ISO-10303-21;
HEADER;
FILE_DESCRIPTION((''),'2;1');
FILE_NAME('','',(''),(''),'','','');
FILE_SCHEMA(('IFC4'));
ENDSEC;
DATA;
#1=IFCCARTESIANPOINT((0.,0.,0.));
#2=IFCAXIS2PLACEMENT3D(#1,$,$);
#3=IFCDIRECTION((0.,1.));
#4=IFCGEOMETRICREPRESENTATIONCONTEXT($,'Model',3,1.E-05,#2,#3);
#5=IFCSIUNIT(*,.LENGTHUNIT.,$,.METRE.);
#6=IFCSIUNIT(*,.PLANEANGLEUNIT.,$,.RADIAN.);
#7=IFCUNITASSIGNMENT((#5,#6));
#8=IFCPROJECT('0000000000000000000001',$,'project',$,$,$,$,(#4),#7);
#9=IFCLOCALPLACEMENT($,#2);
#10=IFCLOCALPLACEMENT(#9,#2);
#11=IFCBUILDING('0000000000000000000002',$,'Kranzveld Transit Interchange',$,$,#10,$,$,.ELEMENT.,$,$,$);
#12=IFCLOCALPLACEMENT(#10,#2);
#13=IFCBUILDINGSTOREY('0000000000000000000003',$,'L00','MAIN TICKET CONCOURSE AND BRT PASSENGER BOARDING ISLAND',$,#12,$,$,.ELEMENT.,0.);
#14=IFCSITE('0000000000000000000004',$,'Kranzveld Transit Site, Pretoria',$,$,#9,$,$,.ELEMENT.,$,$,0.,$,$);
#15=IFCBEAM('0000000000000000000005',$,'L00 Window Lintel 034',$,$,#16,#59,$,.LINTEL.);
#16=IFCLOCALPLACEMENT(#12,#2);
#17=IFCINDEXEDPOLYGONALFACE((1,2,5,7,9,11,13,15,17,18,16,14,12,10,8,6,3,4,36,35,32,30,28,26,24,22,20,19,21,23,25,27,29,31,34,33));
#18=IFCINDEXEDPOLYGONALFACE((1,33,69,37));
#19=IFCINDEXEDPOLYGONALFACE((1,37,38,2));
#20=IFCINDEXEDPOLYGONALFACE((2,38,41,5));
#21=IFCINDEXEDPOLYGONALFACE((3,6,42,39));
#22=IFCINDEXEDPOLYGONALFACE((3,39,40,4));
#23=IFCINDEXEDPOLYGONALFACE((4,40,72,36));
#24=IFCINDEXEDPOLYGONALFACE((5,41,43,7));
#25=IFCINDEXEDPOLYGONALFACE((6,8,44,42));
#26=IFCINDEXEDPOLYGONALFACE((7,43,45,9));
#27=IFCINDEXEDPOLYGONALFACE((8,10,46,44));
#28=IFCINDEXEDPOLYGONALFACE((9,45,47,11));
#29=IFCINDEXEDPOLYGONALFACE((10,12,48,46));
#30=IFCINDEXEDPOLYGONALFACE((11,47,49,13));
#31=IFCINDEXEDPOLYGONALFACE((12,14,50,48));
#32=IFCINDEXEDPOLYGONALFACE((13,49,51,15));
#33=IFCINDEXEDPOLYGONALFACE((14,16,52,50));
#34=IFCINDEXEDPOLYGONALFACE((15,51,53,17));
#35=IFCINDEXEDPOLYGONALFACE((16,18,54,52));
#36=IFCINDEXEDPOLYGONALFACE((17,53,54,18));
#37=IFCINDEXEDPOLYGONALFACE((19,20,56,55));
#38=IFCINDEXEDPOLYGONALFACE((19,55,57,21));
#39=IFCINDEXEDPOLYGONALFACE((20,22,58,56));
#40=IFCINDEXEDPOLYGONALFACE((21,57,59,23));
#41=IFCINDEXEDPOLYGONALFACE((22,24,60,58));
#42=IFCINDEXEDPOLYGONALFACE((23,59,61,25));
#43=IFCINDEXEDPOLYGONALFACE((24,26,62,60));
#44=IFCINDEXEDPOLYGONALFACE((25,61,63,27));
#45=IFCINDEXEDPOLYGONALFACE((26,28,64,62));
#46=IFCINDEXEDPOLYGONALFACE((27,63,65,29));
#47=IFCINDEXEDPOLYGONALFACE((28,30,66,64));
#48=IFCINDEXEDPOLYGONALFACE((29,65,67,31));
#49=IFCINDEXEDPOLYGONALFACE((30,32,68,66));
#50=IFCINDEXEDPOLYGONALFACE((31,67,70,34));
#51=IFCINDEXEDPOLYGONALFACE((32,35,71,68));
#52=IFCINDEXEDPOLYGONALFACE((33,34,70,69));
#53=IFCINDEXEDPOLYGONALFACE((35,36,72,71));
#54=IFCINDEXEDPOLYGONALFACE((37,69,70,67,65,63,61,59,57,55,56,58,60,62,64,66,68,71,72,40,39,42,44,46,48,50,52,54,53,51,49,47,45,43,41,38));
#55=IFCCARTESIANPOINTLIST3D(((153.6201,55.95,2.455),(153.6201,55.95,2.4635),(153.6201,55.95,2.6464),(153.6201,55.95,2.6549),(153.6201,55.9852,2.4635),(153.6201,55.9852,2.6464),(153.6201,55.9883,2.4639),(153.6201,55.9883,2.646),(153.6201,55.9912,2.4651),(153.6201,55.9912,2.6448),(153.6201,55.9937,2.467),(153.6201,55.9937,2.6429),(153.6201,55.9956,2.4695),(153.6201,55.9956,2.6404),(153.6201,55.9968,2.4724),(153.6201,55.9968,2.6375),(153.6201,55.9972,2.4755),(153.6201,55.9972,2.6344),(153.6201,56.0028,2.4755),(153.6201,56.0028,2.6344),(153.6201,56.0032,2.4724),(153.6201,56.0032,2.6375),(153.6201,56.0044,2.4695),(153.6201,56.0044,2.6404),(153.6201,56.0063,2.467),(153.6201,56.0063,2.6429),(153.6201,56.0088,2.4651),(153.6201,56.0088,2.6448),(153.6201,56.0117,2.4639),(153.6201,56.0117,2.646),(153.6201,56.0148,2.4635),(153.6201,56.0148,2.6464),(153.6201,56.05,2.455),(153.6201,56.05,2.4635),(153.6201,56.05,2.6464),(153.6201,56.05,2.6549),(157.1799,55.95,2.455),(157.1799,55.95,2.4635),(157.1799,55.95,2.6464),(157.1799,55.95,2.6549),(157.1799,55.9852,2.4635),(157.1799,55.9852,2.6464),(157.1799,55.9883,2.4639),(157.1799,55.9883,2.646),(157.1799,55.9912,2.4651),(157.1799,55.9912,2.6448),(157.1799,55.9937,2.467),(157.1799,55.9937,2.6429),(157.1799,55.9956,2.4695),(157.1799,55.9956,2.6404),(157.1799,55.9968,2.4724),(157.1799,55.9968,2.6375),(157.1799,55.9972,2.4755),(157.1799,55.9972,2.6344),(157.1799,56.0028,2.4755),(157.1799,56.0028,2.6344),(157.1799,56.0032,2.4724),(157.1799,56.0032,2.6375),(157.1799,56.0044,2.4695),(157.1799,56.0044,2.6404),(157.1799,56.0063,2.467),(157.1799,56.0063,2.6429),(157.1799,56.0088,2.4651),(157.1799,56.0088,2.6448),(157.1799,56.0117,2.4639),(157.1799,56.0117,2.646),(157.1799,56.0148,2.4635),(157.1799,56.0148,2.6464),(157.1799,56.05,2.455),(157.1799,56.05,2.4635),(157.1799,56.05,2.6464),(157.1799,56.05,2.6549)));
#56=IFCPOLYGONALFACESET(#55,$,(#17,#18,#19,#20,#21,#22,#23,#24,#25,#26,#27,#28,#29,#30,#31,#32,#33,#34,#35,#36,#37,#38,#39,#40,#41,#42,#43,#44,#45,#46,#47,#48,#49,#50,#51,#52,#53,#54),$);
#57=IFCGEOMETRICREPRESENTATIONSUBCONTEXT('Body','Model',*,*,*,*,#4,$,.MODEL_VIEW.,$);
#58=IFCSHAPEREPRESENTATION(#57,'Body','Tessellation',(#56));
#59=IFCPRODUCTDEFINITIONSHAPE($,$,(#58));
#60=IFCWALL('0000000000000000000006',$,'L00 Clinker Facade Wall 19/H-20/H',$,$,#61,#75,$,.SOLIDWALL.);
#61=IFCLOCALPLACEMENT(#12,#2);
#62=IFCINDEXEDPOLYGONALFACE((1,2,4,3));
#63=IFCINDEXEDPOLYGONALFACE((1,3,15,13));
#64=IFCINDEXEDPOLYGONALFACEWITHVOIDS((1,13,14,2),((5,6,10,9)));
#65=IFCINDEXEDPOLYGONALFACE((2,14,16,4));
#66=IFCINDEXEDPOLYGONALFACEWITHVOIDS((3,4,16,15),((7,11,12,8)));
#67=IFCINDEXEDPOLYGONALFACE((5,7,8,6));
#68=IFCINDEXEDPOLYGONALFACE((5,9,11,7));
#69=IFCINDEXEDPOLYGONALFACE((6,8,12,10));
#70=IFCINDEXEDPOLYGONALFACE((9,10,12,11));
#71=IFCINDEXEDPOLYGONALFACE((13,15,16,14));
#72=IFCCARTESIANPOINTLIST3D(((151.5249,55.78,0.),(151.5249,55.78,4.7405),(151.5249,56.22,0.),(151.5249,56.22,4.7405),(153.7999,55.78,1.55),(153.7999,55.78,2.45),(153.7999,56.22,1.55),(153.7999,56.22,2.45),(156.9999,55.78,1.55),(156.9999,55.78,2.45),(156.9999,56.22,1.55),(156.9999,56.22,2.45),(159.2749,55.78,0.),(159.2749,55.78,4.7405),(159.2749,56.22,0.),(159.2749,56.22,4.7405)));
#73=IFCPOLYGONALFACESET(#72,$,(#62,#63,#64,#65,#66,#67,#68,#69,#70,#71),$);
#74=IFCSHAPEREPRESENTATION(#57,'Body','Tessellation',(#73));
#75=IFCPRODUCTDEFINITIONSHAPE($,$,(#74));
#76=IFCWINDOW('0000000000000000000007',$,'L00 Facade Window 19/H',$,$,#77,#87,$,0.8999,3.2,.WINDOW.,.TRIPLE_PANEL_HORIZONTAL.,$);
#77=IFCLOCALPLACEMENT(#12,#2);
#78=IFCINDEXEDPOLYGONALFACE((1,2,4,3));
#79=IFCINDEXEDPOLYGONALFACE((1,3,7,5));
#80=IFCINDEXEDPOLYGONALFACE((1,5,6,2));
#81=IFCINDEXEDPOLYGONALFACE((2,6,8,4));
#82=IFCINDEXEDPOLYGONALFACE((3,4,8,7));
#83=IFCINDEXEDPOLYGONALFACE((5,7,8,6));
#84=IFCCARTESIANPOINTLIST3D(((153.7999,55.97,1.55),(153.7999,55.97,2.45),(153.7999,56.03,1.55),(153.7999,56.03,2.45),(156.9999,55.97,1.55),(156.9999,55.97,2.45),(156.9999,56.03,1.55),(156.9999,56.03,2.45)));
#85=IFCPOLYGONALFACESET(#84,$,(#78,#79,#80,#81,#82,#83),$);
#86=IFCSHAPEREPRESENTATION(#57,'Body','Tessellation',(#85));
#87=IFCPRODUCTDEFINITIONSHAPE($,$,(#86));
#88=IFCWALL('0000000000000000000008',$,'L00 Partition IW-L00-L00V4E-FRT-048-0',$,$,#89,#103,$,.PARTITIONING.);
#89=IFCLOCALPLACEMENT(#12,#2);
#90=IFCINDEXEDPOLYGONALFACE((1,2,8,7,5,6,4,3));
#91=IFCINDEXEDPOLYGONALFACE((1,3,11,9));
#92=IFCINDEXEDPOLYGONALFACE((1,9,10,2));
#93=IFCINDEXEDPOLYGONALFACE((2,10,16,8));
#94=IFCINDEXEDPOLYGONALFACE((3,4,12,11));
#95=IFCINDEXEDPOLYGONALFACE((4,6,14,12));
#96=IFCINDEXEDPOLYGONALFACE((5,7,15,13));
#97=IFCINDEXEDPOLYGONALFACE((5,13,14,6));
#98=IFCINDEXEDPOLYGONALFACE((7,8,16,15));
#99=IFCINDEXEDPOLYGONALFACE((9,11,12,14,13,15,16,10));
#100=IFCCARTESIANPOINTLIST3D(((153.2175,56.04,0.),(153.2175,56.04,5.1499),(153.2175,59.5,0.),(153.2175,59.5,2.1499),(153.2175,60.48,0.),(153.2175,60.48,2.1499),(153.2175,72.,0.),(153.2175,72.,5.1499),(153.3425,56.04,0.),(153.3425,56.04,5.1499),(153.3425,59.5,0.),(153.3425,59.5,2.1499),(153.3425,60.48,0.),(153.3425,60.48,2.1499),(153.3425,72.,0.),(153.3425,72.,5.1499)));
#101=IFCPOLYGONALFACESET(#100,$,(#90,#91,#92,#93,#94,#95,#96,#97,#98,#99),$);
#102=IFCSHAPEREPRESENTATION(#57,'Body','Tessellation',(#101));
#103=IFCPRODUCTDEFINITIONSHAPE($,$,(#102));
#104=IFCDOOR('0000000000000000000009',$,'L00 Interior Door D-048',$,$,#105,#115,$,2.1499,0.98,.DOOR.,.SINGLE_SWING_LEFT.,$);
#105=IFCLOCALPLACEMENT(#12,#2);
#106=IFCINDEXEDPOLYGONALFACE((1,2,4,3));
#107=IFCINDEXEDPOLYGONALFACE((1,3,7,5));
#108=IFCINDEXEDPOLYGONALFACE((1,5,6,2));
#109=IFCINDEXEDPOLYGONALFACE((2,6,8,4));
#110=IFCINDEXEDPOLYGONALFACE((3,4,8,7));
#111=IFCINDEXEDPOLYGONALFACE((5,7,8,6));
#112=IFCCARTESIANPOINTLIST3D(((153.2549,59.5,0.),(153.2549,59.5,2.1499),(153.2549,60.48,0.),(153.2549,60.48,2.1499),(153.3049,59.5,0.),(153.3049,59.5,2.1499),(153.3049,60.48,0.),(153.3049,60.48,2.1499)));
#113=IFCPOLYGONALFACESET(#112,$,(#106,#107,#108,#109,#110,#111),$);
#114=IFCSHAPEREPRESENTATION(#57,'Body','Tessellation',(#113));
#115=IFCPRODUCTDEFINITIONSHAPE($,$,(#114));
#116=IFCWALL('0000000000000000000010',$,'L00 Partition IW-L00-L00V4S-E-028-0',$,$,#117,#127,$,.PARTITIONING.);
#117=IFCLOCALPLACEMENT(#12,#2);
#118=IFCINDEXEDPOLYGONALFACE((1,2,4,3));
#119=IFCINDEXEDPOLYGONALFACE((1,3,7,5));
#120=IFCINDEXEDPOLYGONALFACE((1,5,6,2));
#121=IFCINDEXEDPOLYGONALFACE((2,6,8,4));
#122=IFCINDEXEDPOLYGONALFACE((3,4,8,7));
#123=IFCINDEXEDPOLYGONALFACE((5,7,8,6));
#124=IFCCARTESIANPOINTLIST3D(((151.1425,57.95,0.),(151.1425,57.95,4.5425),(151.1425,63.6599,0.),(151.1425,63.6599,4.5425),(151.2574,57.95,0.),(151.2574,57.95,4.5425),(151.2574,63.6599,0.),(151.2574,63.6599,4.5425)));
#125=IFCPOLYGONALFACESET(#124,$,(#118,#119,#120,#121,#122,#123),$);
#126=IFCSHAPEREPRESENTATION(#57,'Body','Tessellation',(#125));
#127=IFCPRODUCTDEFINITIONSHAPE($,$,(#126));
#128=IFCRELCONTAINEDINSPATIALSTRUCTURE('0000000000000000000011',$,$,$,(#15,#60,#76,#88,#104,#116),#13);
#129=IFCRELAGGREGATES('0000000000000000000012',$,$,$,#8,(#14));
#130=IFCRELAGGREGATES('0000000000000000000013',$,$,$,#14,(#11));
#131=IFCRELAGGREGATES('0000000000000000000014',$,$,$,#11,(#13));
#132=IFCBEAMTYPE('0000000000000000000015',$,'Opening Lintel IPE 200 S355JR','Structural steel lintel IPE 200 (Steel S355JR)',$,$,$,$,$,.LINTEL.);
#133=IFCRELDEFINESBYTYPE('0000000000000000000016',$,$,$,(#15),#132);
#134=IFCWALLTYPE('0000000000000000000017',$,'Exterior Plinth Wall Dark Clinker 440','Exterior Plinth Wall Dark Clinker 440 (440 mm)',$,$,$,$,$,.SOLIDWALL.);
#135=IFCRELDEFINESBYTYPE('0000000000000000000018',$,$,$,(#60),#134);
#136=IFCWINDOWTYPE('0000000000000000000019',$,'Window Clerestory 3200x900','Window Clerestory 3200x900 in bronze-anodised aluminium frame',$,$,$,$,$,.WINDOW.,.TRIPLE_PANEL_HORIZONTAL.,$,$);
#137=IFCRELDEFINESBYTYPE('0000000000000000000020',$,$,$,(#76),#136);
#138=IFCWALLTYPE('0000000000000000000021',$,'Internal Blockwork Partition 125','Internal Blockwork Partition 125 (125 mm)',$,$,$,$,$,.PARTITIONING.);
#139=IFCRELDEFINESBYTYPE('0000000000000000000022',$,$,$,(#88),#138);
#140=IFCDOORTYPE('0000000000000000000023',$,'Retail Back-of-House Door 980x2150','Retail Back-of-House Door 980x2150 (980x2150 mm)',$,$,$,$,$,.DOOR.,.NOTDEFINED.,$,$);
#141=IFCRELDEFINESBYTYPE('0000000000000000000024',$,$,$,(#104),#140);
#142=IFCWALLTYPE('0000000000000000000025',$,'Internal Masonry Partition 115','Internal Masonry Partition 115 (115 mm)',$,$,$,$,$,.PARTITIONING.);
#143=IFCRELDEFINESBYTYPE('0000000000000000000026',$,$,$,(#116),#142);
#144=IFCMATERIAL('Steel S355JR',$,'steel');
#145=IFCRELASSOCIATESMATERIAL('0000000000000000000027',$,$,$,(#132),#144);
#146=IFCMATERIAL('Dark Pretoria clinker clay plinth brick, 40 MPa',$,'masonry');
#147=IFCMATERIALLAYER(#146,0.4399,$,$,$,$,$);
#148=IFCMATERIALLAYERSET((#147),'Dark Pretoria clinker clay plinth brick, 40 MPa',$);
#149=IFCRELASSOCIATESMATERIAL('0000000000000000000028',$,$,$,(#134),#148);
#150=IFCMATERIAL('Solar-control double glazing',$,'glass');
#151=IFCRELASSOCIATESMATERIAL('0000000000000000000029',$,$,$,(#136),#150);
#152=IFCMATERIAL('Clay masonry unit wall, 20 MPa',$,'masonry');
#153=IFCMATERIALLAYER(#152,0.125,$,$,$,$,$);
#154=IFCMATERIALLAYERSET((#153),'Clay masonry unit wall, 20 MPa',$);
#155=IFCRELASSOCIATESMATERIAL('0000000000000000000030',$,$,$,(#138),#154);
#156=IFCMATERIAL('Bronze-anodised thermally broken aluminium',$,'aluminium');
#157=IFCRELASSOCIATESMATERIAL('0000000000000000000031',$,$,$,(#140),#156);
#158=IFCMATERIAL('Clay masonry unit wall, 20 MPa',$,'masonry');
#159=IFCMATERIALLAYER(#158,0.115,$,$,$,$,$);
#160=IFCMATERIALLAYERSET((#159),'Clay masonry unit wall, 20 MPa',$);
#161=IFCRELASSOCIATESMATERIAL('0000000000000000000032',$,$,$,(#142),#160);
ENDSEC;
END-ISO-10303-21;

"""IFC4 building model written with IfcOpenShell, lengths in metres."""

from ifc_helpers import new_model, si_unit, direction, frame, frame_2d, origin, origin_2d, place, context, subcontext, project, spatial, rectangle, i_section, extrude, material, layer, layer_set, material_profile, profile_set, type_object, element, fill, save


model = new_model("IFC4")

# Units and contexts
model_context = context("Model", 3, precision=1e-05, world=origin(), true_north=direction((0.0, 1.0)))
body_context = subcontext(model_context, "Body", "Model", "MODEL_VIEW")
ifc_project = project(units=[si_unit("LENGTHUNIT", "METRE"), si_unit("PLANEANGLEUNIT", "RADIAN")], contexts=[model_context])

# Site, building, storey
site_placement = place(None, origin())
site = spatial("IfcSite", under=ifc_project, at=site_placement, Name="Kranzveld Transit Site, Pretoria", CompositionType="ELEMENT", RefElevation=0.0)
building_placement = place(site_placement, origin())
building = spatial("IfcBuilding", under=site, at=building_placement, Name="Kranzveld Transit Interchange", CompositionType="ELEMENT")
storey_placement = place(building_placement, origin())
storey = spatial("IfcBuildingStorey", under=building, at=storey_placement, Name="L00", Description="MAIN TICKET CONCOURSE AND BRT PASSENGER BOARDING ISLAND", CompositionType="ELEMENT", Elevation=0.0)

# Beam
ifc_material_1 = material(Name="Steel S355JR", Category="steel")
ifc_material_profile_1 = material_profile(ifc_material_1, i_section(OverallWidth=0.1001, OverallDepth=0.2, WebThickness=0.0056, FlangeThickness=0.0085, FilletRadius=0.012, at=origin_2d()), Name="IPE 200")
ifc_profile_set_1 = profile_set([ifc_material_profile_1], Name="Steel S355JR")
beam_type_1 = type_object("IfcBeamType", Name="Opening Lintel IPE 200 S355JR", Description="Structural steel lintel IPE 200 (Steel S355JR)", PredefinedType="LINTEL", material=ifc_profile_set_1)
beam_1_placement = place(storey_placement, frame((153.6201, 56.0, 2.5549), z_axis=(1.0, 0.0, 0.0), x_axis=(0.0, 1.0, 0.0)))
element("IfcBeam", 1, at=beam_1_placement, inside=storey, type_object=beam_type_1, Name="L00 Window Lintel 034", PredefinedType="LINTEL", context=body_context, shape_type="SweptSolid", body=[
    extrude(i_section(OverallWidth=0.1001, OverallDepth=0.2, WebThickness=0.0056, FlangeThickness=0.0085, FilletRadius=0.012, at=origin_2d()), origin(), (0.0, 0.0, 1.0), 3.5598),
])

# Wall, opening, window
ifc_material_2 = material(Name="Dark Pretoria clinker clay plinth brick, 40 MPa", Category="masonry")
ifc_layer_1 = layer(ifc_material_2, 0.4399)
ifc_layer_set_1 = layer_set([ifc_layer_1], Name="Dark Pretoria clinker clay plinth brick, 40 MPa")
wall_type_1 = type_object("IfcWallType", Name="Exterior Plinth Wall Dark Clinker 440", Description="Exterior Plinth Wall Dark Clinker 440 (440 mm)", PredefinedType="SOLIDWALL", material=ifc_layer_set_1)
wall_1_placement = place(storey_placement, frame((151.5249, 56.0, 0.0), z_axis=(0.0, 0.0, 1.0), x_axis=(1.0, 0.0, 0.0)))
wall_1 = element("IfcWall", 2, at=wall_1_placement, inside=storey, type_object=wall_type_1, Name="L00 Clinker Facade Wall 19/H-20/H", PredefinedType="SOLIDWALL", context=body_context, shape_type="SweptSolid", body=[
    extrude(rectangle(XDim=7.75, YDim=0.4399, at=frame_2d((3.875, 0.0))), origin(), (0.0, 0.0, 1.0), 4.7405),
])
opening_1_placement = place(wall_1_placement, frame((2.2749, 0.0, 1.55), z_axis=(0.0, 0.0, 1.0), x_axis=(1.0, 0.0, 0.0)))
opening_1 = element("IfcOpeningElement", 3, at=opening_1_placement, cuts=wall_1, PredefinedType="OPENING", context=body_context, shape_type="SweptSolid", body=[
    extrude(rectangle(XDim=3.2, YDim=0.8999, at=frame_2d((1.6001, 0.45))), frame((0.0, 0.23, 0.0), z_axis=(0.0, -1.0, 0.0), x_axis=(1.0, 0.0, 0.0)), (0.0, 0.0, 1.0), 0.46),
])
ifc_material_3 = material(Name="Solar-control double glazing", Category="glass")
window_type = type_object("IfcWindowType", Name="Window Clerestory 3200x900", Description="Window Clerestory 3200x900 in bronze-anodised aluminium frame", PartitioningType="TRIPLE_PANEL_HORIZONTAL", PredefinedType="WINDOW", material=ifc_material_3)
window_placement = place(opening_1_placement, origin())
window = element("IfcWindow", 4, at=window_placement, inside=storey, type_object=window_type, Name="L00 Facade Window 19/H", OverallHeight=0.8999, OverallWidth=3.2, PartitioningType="TRIPLE_PANEL_HORIZONTAL", PredefinedType="WINDOW", context=body_context, shape_type="SweptSolid", body=[
    extrude(rectangle(XDim=3.2, YDim=0.8999, at=frame_2d((1.6001, 0.45))), frame((0.0, 0.03, 0.0), z_axis=(0.0, -1.0, 0.0), x_axis=(1.0, 0.0, 0.0)), (0.0, 0.0, 1.0), 0.0601),
])
fill(opening_1, window)

# Wall, opening, door
ifc_material_4 = material(Name="Clay masonry unit wall, 20 MPa", Category="masonry")
ifc_layer_2 = layer(ifc_material_4, 0.125)
ifc_layer_set_2 = layer_set([ifc_layer_2], Name="Clay masonry unit wall, 20 MPa")
wall_type_2 = type_object("IfcWallType", Name="Internal Blockwork Partition 125", Description="Internal Blockwork Partition 125 (125 mm)", PredefinedType="PARTITIONING", material=ifc_layer_set_2)
wall_2_placement = place(storey_placement, frame((153.28, 56.04, 0.0), z_axis=(0.0, 0.0, 1.0), x_axis=(0.0, 1.0, 0.0)))
wall_2 = element("IfcWall", 5, at=wall_2_placement, inside=storey, type_object=wall_type_2, Name="L00 Partition IW-L00-L00V4E-FRT-048-0", PredefinedType="PARTITIONING", context=body_context, shape_type="SweptSolid", body=[
    extrude(rectangle(XDim=15.96, YDim=0.125, at=frame_2d((7.98, 0.0))), origin(), (0.0, 0.0, 1.0), 5.1499),
])
opening_2_placement = place(wall_2_placement, frame((4.4399, 0.0, 0.0), z_axis=(0.0, 0.0, 1.0), x_axis=(-1.0, 0.0, 0.0)))
opening_2 = element("IfcOpeningElement", 6, at=opening_2_placement, cuts=wall_2, PredefinedType="OPENING", context=body_context, shape_type="SweptSolid", body=[
    extrude(rectangle(XDim=0.98, YDim=2.1499, at=frame_2d((0.49, 1.075))), frame((0.0, 0.0725, 0.0), z_axis=(0.0, -1.0, 0.0), x_axis=(1.0, 0.0, 0.0)), (0.0, 0.0, 1.0), 0.145),
])
ifc_material_5 = material(Name="Bronze-anodised thermally broken aluminium", Category="aluminium")
door_type = type_object("IfcDoorType", Name="Retail Back-of-House Door 980x2150", Description="Retail Back-of-House Door 980x2150 (980x2150 mm)", OperationType="NOTDEFINED", PredefinedType="DOOR", material=ifc_material_5)
door_placement = place(opening_2_placement, origin())
door = element("IfcDoor", 7, at=door_placement, inside=storey, type_object=door_type, Name="L00 Interior Door D-048", OperationType="SINGLE_SWING_LEFT", OverallHeight=2.1499, OverallWidth=0.98, PredefinedType="DOOR", context=body_context, shape_type="SweptSolid", body=[
    extrude(rectangle(XDim=0.98, YDim=2.1499, at=frame_2d((0.49, 1.075))), frame((0.0, 0.0249, 0.0), z_axis=(0.0, -1.0, 0.0), x_axis=(1.0, 0.0, 0.0)), (0.0, 0.0, 1.0), 0.05),
])
fill(opening_2, door)

# Wall
ifc_material_6 = material(Name="Clay masonry unit wall, 20 MPa", Category="masonry")
ifc_layer_3 = layer(ifc_material_6, 0.115)
ifc_layer_set_3 = layer_set([ifc_layer_3], Name="Clay masonry unit wall, 20 MPa")
wall_type_3 = type_object("IfcWallType", Name="Internal Masonry Partition 115", Description="Internal Masonry Partition 115 (115 mm)", PredefinedType="PARTITIONING", material=ifc_layer_set_3)
wall_3_placement = place(storey_placement, frame((151.2, 57.95, 0.0), z_axis=(0.0, 0.0, 1.0), x_axis=(0.0, 1.0, 0.0)))
element("IfcWall", 8, at=wall_3_placement, inside=storey, type_object=wall_type_3, Name="L00 Partition IW-L00-L00V4S-E-028-0", PredefinedType="PARTITIONING", context=body_context, shape_type="SweptSolid", body=[
    extrude(rectangle(XDim=5.71, YDim=0.115, at=frame_2d((2.855, 0.0))), origin(), (0.0, 0.0, 1.0), 4.5425),
])

save(model, "model.ifc")
